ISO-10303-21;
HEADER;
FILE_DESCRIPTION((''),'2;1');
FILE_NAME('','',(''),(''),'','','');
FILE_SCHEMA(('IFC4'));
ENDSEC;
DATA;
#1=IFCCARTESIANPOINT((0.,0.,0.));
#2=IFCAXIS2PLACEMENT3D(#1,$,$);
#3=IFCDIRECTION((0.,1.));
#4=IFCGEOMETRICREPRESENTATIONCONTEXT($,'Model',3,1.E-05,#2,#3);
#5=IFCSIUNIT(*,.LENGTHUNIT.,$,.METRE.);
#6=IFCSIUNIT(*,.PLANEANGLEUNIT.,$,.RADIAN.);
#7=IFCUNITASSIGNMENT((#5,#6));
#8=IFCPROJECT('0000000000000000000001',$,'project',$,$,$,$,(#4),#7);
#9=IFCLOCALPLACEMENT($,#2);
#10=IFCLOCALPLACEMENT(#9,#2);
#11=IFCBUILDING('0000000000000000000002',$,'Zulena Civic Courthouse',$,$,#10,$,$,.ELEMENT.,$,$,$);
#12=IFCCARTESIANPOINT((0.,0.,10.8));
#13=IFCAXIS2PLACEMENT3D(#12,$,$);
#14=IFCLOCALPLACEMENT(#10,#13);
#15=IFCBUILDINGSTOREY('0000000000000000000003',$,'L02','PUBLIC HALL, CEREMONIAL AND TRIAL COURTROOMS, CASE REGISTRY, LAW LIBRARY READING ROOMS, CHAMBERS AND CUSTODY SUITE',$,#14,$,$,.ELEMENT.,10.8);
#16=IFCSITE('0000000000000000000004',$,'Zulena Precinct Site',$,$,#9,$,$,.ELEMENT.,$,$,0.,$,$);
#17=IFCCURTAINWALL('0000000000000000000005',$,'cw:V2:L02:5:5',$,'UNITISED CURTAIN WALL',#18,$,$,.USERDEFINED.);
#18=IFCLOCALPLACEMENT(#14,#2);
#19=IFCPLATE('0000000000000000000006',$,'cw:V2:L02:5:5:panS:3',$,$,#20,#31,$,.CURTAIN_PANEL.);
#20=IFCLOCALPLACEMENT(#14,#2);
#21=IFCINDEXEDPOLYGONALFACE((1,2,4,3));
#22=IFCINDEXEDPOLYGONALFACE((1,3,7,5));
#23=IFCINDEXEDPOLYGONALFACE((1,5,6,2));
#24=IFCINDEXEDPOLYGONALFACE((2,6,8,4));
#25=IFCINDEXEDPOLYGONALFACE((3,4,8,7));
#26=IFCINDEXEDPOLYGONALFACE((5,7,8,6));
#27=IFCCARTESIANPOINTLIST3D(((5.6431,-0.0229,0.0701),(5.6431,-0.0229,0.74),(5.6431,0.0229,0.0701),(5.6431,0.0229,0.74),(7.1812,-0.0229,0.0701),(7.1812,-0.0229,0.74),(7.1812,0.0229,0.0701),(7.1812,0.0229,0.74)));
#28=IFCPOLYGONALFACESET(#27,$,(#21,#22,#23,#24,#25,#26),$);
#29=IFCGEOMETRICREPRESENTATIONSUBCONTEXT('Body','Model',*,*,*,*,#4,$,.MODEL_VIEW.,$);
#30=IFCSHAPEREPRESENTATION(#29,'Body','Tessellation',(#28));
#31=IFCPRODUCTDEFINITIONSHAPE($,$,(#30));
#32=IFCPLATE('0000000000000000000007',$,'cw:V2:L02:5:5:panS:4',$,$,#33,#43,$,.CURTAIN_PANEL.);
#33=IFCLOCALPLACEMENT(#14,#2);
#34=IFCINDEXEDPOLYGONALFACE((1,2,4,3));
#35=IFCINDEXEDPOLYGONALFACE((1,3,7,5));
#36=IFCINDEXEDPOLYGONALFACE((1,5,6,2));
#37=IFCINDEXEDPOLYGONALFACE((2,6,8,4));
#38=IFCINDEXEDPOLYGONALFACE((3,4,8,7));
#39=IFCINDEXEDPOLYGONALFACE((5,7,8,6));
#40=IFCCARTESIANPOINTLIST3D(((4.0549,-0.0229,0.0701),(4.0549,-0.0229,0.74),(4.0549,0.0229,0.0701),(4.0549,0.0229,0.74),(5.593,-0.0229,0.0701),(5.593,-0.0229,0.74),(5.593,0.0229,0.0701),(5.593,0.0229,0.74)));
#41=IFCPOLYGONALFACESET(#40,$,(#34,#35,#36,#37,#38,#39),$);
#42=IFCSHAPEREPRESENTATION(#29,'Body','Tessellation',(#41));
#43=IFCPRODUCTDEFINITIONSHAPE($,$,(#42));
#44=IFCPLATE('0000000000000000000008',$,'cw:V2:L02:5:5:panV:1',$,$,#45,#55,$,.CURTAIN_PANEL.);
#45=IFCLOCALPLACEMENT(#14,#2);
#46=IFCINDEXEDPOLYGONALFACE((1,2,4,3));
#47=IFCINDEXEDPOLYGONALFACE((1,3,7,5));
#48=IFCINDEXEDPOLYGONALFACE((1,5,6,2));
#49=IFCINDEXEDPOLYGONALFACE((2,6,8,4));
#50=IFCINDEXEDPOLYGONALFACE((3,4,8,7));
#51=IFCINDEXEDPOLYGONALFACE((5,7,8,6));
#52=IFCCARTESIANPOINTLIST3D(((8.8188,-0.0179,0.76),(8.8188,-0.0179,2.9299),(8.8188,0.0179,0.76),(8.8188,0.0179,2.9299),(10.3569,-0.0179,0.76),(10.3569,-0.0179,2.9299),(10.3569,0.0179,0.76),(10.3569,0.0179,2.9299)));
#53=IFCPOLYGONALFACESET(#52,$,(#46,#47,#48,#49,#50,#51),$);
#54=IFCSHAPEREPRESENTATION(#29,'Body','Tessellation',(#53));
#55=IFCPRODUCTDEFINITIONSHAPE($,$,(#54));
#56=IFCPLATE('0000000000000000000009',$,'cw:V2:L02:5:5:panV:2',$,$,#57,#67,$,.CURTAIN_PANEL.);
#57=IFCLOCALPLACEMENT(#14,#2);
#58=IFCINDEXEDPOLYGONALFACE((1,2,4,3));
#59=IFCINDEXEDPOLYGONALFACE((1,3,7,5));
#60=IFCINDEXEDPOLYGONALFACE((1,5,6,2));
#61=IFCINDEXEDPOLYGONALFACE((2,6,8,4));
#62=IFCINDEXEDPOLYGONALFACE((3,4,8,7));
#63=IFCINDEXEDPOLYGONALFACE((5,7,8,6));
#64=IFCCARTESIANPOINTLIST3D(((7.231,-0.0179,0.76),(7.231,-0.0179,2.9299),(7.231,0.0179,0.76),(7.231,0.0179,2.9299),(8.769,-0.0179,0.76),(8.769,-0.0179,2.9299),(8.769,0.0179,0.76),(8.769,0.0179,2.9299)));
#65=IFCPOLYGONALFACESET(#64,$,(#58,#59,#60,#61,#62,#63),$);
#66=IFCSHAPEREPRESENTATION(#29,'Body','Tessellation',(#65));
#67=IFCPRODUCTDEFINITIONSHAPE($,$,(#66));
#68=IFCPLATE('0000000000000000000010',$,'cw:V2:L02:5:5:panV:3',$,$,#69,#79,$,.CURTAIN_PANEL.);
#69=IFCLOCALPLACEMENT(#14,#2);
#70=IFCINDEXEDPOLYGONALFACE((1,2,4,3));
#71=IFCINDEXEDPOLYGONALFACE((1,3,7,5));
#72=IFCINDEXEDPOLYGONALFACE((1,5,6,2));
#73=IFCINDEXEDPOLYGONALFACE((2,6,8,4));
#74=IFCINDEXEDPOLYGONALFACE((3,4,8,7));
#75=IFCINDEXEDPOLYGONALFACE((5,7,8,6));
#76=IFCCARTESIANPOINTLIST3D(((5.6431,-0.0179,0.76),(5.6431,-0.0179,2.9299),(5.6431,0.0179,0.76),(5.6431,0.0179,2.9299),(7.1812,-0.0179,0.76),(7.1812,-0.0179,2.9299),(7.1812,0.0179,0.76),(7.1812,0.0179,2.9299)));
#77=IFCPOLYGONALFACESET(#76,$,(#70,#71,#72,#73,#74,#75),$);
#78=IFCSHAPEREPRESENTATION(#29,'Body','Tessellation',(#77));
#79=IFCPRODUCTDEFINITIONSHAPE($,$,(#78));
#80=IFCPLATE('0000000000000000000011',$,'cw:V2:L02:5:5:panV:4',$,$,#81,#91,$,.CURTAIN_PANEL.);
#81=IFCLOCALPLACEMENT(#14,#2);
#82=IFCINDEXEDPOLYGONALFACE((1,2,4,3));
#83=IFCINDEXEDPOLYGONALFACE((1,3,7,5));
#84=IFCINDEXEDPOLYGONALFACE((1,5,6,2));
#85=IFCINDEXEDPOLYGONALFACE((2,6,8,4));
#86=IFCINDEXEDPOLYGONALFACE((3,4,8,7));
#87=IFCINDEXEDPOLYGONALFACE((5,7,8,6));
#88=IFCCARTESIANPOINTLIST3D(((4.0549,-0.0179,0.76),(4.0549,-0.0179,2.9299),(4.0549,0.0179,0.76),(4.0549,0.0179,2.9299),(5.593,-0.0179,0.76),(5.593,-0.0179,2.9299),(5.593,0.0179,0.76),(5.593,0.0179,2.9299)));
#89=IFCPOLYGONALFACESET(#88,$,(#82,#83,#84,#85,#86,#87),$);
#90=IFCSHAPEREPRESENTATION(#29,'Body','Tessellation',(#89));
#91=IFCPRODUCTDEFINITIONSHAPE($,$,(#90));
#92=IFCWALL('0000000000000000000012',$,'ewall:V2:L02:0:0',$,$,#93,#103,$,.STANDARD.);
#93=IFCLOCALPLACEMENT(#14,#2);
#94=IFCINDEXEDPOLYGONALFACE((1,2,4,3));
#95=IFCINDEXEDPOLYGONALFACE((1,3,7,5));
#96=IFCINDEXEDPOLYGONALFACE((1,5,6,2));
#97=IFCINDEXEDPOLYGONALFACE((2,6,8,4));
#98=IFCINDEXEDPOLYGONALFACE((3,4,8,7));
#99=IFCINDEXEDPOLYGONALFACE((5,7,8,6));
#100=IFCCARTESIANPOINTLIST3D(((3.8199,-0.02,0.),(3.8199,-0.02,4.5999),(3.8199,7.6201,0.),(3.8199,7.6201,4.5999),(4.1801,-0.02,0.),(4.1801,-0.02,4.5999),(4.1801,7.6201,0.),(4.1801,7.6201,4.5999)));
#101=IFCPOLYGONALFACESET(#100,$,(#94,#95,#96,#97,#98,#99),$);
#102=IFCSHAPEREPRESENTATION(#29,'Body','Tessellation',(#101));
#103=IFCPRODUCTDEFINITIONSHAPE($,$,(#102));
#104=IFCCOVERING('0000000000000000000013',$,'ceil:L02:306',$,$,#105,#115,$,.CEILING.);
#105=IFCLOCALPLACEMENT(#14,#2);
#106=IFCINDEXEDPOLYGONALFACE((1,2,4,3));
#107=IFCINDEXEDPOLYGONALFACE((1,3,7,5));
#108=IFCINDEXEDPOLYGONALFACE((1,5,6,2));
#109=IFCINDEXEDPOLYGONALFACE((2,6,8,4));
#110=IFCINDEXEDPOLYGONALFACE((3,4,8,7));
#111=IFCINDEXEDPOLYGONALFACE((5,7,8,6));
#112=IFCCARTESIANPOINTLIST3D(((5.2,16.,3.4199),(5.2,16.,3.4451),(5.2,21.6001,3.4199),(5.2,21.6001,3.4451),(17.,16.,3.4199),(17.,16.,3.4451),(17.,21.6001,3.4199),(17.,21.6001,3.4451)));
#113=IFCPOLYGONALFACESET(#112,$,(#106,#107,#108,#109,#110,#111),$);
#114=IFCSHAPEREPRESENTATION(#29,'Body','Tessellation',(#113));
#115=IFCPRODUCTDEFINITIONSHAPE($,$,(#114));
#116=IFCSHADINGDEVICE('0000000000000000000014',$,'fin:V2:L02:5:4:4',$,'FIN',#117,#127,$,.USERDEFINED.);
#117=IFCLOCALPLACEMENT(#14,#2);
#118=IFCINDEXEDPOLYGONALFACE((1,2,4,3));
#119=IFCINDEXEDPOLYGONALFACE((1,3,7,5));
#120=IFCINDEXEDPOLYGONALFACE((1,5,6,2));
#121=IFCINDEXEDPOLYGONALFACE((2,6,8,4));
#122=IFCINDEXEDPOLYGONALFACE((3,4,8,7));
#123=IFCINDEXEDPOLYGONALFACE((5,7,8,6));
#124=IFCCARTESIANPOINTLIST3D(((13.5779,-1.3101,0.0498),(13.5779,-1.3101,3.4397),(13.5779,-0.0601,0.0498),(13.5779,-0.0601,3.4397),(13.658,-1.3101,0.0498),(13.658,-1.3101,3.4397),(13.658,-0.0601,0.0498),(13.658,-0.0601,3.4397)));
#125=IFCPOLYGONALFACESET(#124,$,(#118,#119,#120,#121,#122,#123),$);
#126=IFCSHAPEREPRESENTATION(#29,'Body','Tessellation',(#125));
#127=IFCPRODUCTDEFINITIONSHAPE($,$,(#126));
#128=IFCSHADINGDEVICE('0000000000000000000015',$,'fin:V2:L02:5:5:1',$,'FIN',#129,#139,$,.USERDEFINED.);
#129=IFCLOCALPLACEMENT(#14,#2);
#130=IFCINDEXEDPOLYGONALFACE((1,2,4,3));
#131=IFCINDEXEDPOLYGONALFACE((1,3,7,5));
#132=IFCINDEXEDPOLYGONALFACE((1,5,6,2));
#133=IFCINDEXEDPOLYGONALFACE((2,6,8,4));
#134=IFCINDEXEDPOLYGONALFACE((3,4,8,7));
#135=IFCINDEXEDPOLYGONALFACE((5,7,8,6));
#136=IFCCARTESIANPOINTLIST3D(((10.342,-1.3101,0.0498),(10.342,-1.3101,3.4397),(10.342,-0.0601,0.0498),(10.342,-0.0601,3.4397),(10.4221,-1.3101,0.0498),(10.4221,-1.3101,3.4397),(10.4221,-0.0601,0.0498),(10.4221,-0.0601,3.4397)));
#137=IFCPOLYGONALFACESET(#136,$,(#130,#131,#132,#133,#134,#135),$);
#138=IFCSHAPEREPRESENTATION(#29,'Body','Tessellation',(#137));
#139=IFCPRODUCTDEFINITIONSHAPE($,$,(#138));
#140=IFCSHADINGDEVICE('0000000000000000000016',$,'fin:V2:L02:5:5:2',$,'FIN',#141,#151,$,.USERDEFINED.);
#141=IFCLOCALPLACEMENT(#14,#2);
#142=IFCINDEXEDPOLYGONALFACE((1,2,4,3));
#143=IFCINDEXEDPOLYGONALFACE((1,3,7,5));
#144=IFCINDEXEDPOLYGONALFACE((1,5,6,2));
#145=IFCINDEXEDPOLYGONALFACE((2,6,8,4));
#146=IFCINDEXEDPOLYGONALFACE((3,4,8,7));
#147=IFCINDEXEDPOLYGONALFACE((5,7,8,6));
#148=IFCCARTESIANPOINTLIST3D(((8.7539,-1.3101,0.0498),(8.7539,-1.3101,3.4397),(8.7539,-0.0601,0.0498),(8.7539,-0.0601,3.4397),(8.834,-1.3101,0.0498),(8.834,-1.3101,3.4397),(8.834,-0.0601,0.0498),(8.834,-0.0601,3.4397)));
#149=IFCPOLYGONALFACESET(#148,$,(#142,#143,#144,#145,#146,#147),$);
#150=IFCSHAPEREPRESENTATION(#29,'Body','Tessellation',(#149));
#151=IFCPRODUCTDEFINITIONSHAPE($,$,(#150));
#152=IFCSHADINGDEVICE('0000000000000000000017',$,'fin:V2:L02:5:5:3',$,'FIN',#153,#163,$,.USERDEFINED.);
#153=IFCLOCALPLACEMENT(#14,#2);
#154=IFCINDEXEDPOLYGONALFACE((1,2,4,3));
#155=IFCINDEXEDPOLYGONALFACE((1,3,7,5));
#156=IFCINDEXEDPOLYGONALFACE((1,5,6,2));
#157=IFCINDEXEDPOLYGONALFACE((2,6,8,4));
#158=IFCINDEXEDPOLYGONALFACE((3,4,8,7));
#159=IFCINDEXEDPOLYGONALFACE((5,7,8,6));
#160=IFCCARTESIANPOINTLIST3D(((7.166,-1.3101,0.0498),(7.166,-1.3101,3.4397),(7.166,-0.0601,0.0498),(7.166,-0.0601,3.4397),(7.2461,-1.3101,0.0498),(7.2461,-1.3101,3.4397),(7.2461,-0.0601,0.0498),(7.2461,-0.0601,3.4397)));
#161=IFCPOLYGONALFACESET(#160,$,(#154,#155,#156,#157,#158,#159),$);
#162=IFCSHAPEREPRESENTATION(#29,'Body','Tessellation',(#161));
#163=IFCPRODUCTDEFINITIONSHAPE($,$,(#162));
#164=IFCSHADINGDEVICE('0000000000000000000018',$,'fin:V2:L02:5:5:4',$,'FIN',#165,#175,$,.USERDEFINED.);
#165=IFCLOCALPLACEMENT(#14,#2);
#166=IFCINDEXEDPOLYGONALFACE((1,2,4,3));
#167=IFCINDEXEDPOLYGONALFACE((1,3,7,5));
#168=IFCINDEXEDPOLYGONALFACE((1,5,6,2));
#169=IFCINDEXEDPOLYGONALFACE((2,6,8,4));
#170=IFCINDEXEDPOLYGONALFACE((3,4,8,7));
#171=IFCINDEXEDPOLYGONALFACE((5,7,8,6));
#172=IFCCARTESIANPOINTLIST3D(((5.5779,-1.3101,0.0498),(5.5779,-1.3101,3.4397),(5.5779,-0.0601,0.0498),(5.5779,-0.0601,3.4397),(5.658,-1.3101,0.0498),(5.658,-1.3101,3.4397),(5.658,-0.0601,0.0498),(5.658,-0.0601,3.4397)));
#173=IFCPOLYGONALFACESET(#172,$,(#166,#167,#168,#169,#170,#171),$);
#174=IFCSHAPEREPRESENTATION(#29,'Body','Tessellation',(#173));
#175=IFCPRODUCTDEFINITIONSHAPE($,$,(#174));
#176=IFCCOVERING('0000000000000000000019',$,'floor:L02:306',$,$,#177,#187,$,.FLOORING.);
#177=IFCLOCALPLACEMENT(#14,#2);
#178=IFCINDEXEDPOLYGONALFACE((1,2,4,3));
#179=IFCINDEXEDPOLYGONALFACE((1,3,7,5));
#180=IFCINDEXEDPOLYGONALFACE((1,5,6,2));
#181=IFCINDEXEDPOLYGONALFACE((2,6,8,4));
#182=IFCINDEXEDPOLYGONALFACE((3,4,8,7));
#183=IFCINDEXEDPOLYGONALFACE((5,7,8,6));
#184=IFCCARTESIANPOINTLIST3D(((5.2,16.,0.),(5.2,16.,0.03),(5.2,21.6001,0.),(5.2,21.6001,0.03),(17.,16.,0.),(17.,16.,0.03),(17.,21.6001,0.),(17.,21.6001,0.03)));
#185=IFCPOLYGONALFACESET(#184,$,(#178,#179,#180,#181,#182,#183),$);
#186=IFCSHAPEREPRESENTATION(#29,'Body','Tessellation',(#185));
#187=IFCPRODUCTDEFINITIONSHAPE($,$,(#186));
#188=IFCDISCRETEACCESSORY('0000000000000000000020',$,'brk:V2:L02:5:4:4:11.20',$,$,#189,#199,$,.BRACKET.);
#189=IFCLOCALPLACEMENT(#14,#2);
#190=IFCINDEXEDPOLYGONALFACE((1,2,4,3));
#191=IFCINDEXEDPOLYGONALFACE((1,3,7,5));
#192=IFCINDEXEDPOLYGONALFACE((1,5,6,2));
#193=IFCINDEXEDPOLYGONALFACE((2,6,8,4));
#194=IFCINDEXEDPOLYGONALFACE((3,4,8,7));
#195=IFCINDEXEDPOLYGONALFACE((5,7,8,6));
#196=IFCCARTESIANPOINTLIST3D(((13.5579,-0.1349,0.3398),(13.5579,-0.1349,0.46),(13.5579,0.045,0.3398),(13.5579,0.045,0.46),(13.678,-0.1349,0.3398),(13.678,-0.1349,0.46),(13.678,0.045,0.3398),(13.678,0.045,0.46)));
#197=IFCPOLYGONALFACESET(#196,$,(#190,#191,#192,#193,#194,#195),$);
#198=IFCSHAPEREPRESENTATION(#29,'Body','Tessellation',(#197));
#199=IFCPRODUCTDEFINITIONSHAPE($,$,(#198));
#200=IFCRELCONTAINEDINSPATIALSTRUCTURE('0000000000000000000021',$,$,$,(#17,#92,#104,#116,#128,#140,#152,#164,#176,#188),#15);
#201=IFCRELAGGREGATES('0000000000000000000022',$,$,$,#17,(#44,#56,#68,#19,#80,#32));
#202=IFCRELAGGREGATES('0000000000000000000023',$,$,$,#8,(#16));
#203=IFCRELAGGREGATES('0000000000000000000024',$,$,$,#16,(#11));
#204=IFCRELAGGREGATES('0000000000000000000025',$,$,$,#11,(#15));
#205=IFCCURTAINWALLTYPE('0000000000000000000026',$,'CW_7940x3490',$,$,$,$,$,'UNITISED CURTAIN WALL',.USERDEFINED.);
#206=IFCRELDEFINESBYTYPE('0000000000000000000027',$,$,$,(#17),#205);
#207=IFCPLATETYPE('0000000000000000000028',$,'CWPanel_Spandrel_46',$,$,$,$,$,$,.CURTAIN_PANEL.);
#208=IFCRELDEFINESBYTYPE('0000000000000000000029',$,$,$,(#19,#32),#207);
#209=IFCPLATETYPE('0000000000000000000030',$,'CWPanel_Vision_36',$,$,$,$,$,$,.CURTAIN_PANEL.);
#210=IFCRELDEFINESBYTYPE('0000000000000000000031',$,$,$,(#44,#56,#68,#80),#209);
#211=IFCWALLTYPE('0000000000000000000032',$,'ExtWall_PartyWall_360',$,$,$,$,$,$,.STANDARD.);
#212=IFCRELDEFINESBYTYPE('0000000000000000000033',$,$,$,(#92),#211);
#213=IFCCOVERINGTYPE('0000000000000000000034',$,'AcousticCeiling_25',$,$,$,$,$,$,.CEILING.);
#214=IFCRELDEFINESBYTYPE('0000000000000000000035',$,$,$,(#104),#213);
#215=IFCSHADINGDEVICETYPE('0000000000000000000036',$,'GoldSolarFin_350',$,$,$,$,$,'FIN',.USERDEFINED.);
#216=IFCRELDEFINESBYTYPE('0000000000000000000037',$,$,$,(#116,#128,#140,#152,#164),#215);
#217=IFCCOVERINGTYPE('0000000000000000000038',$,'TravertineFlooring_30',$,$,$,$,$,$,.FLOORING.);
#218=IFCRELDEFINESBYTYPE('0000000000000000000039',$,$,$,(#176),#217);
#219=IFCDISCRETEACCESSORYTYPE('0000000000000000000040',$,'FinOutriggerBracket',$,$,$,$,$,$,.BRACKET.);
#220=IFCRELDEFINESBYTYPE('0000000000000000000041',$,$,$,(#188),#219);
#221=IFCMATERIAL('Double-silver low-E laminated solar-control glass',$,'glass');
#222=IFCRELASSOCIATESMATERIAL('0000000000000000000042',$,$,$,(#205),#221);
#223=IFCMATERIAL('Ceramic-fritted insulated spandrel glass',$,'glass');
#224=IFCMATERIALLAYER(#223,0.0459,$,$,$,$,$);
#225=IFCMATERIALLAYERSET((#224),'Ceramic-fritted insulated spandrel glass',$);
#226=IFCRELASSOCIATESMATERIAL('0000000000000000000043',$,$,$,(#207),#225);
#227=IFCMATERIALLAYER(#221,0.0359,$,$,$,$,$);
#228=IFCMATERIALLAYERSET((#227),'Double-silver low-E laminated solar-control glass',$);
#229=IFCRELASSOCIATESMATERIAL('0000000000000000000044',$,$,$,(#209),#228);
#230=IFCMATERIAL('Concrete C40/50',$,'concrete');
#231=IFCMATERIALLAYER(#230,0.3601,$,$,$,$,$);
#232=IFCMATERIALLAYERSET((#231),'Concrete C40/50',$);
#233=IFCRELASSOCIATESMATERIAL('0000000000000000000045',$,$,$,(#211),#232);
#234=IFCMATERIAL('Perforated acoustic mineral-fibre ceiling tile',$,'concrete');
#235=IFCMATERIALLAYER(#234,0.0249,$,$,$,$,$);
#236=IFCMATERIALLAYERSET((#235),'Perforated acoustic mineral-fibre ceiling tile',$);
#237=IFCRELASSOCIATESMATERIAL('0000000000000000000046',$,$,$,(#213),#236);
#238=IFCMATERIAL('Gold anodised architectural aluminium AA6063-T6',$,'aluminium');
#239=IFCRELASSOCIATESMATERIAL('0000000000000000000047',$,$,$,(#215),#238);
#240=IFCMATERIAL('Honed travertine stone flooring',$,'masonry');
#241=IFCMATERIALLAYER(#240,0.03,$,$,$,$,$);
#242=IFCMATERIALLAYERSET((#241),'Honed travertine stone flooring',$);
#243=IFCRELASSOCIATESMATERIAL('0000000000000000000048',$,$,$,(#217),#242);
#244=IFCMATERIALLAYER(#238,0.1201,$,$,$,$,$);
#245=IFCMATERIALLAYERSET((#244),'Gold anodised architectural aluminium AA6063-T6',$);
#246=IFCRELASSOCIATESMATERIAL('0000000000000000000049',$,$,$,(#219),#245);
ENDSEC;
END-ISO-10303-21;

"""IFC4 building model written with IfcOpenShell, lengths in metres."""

from ifc_helpers import new_model, si_unit, direction, frame, frame_2d, origin, origin_2d, place, context, subcontext, project, spatial, polyline, rectangle, outline, extrude, material, layer, layer_set, type_object, element, aggregate, save


model = new_model("IFC4")

# Units and contexts
model_context = context("Model", 3, precision=1e-05, world=origin(), true_north=direction((0.0, 1.0)))
body_context = subcontext(model_context, "Body", "Model", "MODEL_VIEW")
ifc_project = project(units=[si_unit("LENGTHUNIT", "METRE"), si_unit("PLANEANGLEUNIT", "RADIAN")], contexts=[model_context])

# Site, building, storey
site_placement = place(None, origin())
site = spatial("IfcSite", under=ifc_project, at=site_placement, Name="Zulena Precinct Site", CompositionType="ELEMENT", RefElevation=0.0)
building_placement = place(site_placement, origin())
building = spatial("IfcBuilding", under=site, at=building_placement, Name="Zulena Civic Courthouse", CompositionType="ELEMENT")
storey_placement = place(building_placement, frame((0.0, 0.0, 10.8)))
storey = spatial("IfcBuildingStorey", under=building, at=storey_placement, Name="L02", Description="PUBLIC HALL, CEREMONIAL AND TRIAL COURTROOMS, CASE REGISTRY, LAW LIBRARY READING ROOMS, CHAMBERS AND CUSTODY SUITE", CompositionType="ELEMENT", Elevation=10.8)

# Curtain wall
ifc_material_1 = material(Name="Double-silver low-E laminated solar-control glass", Category="glass")
curtain_wall_type = type_object("IfcCurtainWallType", Name="CW_7940x3490", ElementType="UNITISED CURTAIN WALL", PredefinedType="USERDEFINED", material=ifc_material_1)
curtain_wall_placement = place(storey_placement, origin())
curtain_wall = element("IfcCurtainWall", 1, at=curtain_wall_placement, inside=storey, type_object=curtain_wall_type, Name="cw:V2:L02:5:5", ObjectType="UNITISED CURTAIN WALL", PredefinedType="USERDEFINED")

# Plates
ifc_material_2 = material(Name="Ceramic-fritted insulated spandrel glass", Category="glass")
ifc_layer_1 = layer(ifc_material_2, 0.0459)
ifc_layer_set_1 = layer_set([ifc_layer_1], Name="Ceramic-fritted insulated spandrel glass")
plate_type_1 = type_object("IfcPlateType", Name="CWPanel_Spandrel_46", PredefinedType="CURTAIN_PANEL", material=ifc_layer_set_1)
plate_1_placement = place(storey_placement, frame((6.4121, 0.0, 0.0701), z_axis=(0.0, 0.0, 1.0), x_axis=(-1.0, 0.0, 0.0)))
plate_1 = element("IfcPlate", 2, at=plate_1_placement, type_object=plate_type_1, Name="cw:V2:L02:5:5:panS:3", PredefinedType="CURTAIN_PANEL", context=body_context, shape_type="SweptSolid", body=[
    extrude(rectangle(XDim=1.5381, YDim=0.0459, at=origin_2d()), origin(), (0.0, 0.0, 1.0), 0.6699),
])
plate_2_placement = place(storey_placement, frame((4.824, 0.0, 0.0701), z_axis=(0.0, 0.0, 1.0), x_axis=(-1.0, 0.0, 0.0)))
plate_2 = element("IfcPlate", 3, at=plate_2_placement, type_object=plate_type_1, Name="cw:V2:L02:5:5:panS:4", PredefinedType="CURTAIN_PANEL", context=body_context, shape_type="SweptSolid", body=[
    extrude(rectangle(XDim=1.5381, YDim=0.0459, at=origin_2d()), origin(), (0.0, 0.0, 1.0), 0.6699),
])
ifc_layer_2 = layer(ifc_material_1, 0.0359)
ifc_layer_set_2 = layer_set([ifc_layer_2], Name="Double-silver low-E laminated solar-control glass")
plate_type_2 = type_object("IfcPlateType", Name="CWPanel_Vision_36", PredefinedType="CURTAIN_PANEL", material=ifc_layer_set_2)
plate_3_placement = place(storey_placement, frame((9.5879, 0.0, 0.76), z_axis=(0.0, 0.0, 1.0), x_axis=(-1.0, 0.0, 0.0)))
plate_3 = element("IfcPlate", 4, at=plate_3_placement, type_object=plate_type_2, Name="cw:V2:L02:5:5:panV:1", PredefinedType="CURTAIN_PANEL", context=body_context, shape_type="SweptSolid", body=[
    extrude(rectangle(XDim=1.5381, YDim=0.0359, at=origin_2d()), origin(), (0.0, 0.0, 1.0), 2.1699),
])
plate_4_placement = place(storey_placement, frame((8.0, 0.0, 0.76), z_axis=(0.0, 0.0, 1.0), x_axis=(-1.0, 0.0, 0.0)))
plate_4 = element("IfcPlate", 5, at=plate_4_placement, type_object=plate_type_2, Name="cw:V2:L02:5:5:panV:2", PredefinedType="CURTAIN_PANEL", context=body_context, shape_type="SweptSolid", body=[
    extrude(rectangle(XDim=1.5381, YDim=0.0359, at=origin_2d()), origin(), (0.0, 0.0, 1.0), 2.1699),
])
plate_5_placement = place(storey_placement, frame((6.4121, 0.0, 0.76), z_axis=(0.0, 0.0, 1.0), x_axis=(-1.0, 0.0, 0.0)))
plate_5 = element("IfcPlate", 6, at=plate_5_placement, type_object=plate_type_2, Name="cw:V2:L02:5:5:panV:3", PredefinedType="CURTAIN_PANEL", context=body_context, shape_type="SweptSolid", body=[
    extrude(rectangle(XDim=1.5381, YDim=0.0359, at=origin_2d()), origin(), (0.0, 0.0, 1.0), 2.1699),
])
plate_6_placement = place(storey_placement, frame((4.824, 0.0, 0.76), z_axis=(0.0, 0.0, 1.0), x_axis=(-1.0, 0.0, 0.0)))
plate_6 = element("IfcPlate", 7, at=plate_6_placement, type_object=plate_type_2, Name="cw:V2:L02:5:5:panV:4", PredefinedType="CURTAIN_PANEL", context=body_context, shape_type="SweptSolid", body=[
    extrude(rectangle(XDim=1.5381, YDim=0.0359, at=origin_2d()), origin(), (0.0, 0.0, 1.0), 2.1699),
])
aggregate(curtain_wall, [plate_3, plate_4, plate_5, plate_1, plate_6, plate_2])

# Wall
ifc_material_3 = material(Name="Concrete C40/50", Category="concrete")
ifc_layer_3 = layer(ifc_material_3, 0.3601)
ifc_layer_set_3 = layer_set([ifc_layer_3], Name="Concrete C40/50")
wall_type = type_object("IfcWallType", Name="ExtWall_PartyWall_360", PredefinedType="STANDARD", material=ifc_layer_set_3)
wall_placement = place(storey_placement, frame((4.0, -0.02, 0.0), z_axis=(0.0, 0.0, 1.0), x_axis=(0.0, 1.0, 0.0)))
element("IfcWall", 8, at=wall_placement, inside=storey, type_object=wall_type, Name="ewall:V2:L02:0:0", PredefinedType="STANDARD", context=body_context, shape_type="SweptSolid", body=[
    extrude(rectangle(XDim=7.6401, YDim=0.3601, at=frame_2d((3.8201, 0.0))), origin(), (0.0, 0.0, 1.0), 4.5999),
])

# Covering
ifc_material_4 = material(Name="Perforated acoustic mineral-fibre ceiling tile", Category="concrete")
ifc_layer_4 = layer(ifc_material_4, 0.0249)
ifc_layer_set_4 = layer_set([ifc_layer_4], Name="Perforated acoustic mineral-fibre ceiling tile")
covering_type_1 = type_object("IfcCoveringType", Name="AcousticCeiling_25", PredefinedType="CEILING", material=ifc_layer_set_4)
covering_1_placement = place(storey_placement, frame((0.0, 0.0, 3.4199)))
element("IfcCovering", 9, at=covering_1_placement, inside=storey, type_object=covering_type_1, Name="ceil:L02:306", PredefinedType="CEILING", context=body_context, shape_type="SweptSolid", body=[
    extrude(outline(polyline([(5.2, 16.0), (17.0, 16.0), (17.0, 21.6001), (5.2, 21.6001), (5.2, 16.0)])), origin(), (0.0, 0.0, 1.0), 0.0251),
])

# Shading devices
ifc_material_5 = material(Name="Gold anodised architectural aluminium AA6063-T6", Category="aluminium")
shading_device_type = type_object("IfcShadingDeviceType", Name="GoldSolarFin_350", ElementType="FIN", PredefinedType="USERDEFINED", material=ifc_material_5)
for number, where, z_axis, x_axis, name in (
    (10, (13.6179, -0.6851, 0.0498), (0.0, 0.0, 1.0), (0.0, -1.0, 0.0), "fin:V2:L02:5:4:4"),
    (11, (10.3821, -0.6851, 0.0498), (0.0, 0.0, 1.0), (0.0, -1.0, 0.0), "fin:V2:L02:5:5:1"),
    (12, (8.7939, -0.6851, 0.0498), (0.0, 0.0, 1.0), (0.0, -1.0, 0.0), "fin:V2:L02:5:5:2"),
    (13, (7.2061, -0.6851, 0.0498), (0.0, 0.0, 1.0), (0.0, -1.0, 0.0), "fin:V2:L02:5:5:3"),
    (14, (5.6179, -0.6851, 0.0498), (0.0, 0.0, 1.0), (0.0, -1.0, 0.0), "fin:V2:L02:5:5:4"),
):
    element("IfcShadingDevice", number, at=place(storey_placement, frame(where, z_axis=z_axis, x_axis=x_axis)), inside=storey, type_object=shading_device_type, Name=name, ObjectType="FIN", PredefinedType="USERDEFINED", context=body_context, shape_type="SweptSolid", body=[
        extrude(rectangle(XDim=1.25, YDim=0.0801, at=origin_2d()), origin(), (0.0, 0.0, 1.0), 3.3899),
    ])

# Covering
ifc_material_6 = material(Name="Honed travertine stone flooring", Category="masonry")
ifc_layer_5 = layer(ifc_material_6, 0.03)
ifc_layer_set_5 = layer_set([ifc_layer_5], Name="Honed travertine stone flooring")
covering_type_2 = type_object("IfcCoveringType", Name="TravertineFlooring_30", PredefinedType="FLOORING", material=ifc_layer_set_5)
covering_2_placement = place(storey_placement, origin())
element("IfcCovering", 15, at=covering_2_placement, inside=storey, type_object=covering_type_2, Name="floor:L02:306", PredefinedType="FLOORING", context=body_context, shape_type="SweptSolid", body=[
    extrude(outline(polyline([(5.2, 16.0), (17.0, 16.0), (17.0, 21.6001), (5.2, 21.6001), (5.2, 16.0)])), origin(), (0.0, 0.0, 1.0), 0.03),
])

# Discrete accessory
ifc_layer_6 = layer(ifc_material_5, 0.1201)
ifc_layer_set_6 = layer_set([ifc_layer_6], Name="Gold anodised architectural aluminium AA6063-T6")
discrete_accessory_type = type_object("IfcDiscreteAccessoryType", Name="FinOutriggerBracket", PredefinedType="BRACKET", material=ifc_layer_set_6)
for number, where, z_axis, x_axis, name in (
    (16, (13.6179, -0.0449, 0.3398), (0.0, 0.0, 1.0), (0.0, -1.0, 0.0), "brk:V2:L02:5:4:4:11.20"),
):
    element("IfcDiscreteAccessory", number, at=place(storey_placement, frame(where, z_axis=z_axis, x_axis=x_axis)), inside=storey, type_object=discrete_accessory_type, Name=name, PredefinedType="BRACKET", context=body_context, shape_type="SweptSolid", body=[
        extrude(rectangle(XDim=0.1799, YDim=0.1201, at=origin_2d()), origin(), (0.0, 0.0, 1.0), 0.1201),
    ])

save(model, "model.ifc")
